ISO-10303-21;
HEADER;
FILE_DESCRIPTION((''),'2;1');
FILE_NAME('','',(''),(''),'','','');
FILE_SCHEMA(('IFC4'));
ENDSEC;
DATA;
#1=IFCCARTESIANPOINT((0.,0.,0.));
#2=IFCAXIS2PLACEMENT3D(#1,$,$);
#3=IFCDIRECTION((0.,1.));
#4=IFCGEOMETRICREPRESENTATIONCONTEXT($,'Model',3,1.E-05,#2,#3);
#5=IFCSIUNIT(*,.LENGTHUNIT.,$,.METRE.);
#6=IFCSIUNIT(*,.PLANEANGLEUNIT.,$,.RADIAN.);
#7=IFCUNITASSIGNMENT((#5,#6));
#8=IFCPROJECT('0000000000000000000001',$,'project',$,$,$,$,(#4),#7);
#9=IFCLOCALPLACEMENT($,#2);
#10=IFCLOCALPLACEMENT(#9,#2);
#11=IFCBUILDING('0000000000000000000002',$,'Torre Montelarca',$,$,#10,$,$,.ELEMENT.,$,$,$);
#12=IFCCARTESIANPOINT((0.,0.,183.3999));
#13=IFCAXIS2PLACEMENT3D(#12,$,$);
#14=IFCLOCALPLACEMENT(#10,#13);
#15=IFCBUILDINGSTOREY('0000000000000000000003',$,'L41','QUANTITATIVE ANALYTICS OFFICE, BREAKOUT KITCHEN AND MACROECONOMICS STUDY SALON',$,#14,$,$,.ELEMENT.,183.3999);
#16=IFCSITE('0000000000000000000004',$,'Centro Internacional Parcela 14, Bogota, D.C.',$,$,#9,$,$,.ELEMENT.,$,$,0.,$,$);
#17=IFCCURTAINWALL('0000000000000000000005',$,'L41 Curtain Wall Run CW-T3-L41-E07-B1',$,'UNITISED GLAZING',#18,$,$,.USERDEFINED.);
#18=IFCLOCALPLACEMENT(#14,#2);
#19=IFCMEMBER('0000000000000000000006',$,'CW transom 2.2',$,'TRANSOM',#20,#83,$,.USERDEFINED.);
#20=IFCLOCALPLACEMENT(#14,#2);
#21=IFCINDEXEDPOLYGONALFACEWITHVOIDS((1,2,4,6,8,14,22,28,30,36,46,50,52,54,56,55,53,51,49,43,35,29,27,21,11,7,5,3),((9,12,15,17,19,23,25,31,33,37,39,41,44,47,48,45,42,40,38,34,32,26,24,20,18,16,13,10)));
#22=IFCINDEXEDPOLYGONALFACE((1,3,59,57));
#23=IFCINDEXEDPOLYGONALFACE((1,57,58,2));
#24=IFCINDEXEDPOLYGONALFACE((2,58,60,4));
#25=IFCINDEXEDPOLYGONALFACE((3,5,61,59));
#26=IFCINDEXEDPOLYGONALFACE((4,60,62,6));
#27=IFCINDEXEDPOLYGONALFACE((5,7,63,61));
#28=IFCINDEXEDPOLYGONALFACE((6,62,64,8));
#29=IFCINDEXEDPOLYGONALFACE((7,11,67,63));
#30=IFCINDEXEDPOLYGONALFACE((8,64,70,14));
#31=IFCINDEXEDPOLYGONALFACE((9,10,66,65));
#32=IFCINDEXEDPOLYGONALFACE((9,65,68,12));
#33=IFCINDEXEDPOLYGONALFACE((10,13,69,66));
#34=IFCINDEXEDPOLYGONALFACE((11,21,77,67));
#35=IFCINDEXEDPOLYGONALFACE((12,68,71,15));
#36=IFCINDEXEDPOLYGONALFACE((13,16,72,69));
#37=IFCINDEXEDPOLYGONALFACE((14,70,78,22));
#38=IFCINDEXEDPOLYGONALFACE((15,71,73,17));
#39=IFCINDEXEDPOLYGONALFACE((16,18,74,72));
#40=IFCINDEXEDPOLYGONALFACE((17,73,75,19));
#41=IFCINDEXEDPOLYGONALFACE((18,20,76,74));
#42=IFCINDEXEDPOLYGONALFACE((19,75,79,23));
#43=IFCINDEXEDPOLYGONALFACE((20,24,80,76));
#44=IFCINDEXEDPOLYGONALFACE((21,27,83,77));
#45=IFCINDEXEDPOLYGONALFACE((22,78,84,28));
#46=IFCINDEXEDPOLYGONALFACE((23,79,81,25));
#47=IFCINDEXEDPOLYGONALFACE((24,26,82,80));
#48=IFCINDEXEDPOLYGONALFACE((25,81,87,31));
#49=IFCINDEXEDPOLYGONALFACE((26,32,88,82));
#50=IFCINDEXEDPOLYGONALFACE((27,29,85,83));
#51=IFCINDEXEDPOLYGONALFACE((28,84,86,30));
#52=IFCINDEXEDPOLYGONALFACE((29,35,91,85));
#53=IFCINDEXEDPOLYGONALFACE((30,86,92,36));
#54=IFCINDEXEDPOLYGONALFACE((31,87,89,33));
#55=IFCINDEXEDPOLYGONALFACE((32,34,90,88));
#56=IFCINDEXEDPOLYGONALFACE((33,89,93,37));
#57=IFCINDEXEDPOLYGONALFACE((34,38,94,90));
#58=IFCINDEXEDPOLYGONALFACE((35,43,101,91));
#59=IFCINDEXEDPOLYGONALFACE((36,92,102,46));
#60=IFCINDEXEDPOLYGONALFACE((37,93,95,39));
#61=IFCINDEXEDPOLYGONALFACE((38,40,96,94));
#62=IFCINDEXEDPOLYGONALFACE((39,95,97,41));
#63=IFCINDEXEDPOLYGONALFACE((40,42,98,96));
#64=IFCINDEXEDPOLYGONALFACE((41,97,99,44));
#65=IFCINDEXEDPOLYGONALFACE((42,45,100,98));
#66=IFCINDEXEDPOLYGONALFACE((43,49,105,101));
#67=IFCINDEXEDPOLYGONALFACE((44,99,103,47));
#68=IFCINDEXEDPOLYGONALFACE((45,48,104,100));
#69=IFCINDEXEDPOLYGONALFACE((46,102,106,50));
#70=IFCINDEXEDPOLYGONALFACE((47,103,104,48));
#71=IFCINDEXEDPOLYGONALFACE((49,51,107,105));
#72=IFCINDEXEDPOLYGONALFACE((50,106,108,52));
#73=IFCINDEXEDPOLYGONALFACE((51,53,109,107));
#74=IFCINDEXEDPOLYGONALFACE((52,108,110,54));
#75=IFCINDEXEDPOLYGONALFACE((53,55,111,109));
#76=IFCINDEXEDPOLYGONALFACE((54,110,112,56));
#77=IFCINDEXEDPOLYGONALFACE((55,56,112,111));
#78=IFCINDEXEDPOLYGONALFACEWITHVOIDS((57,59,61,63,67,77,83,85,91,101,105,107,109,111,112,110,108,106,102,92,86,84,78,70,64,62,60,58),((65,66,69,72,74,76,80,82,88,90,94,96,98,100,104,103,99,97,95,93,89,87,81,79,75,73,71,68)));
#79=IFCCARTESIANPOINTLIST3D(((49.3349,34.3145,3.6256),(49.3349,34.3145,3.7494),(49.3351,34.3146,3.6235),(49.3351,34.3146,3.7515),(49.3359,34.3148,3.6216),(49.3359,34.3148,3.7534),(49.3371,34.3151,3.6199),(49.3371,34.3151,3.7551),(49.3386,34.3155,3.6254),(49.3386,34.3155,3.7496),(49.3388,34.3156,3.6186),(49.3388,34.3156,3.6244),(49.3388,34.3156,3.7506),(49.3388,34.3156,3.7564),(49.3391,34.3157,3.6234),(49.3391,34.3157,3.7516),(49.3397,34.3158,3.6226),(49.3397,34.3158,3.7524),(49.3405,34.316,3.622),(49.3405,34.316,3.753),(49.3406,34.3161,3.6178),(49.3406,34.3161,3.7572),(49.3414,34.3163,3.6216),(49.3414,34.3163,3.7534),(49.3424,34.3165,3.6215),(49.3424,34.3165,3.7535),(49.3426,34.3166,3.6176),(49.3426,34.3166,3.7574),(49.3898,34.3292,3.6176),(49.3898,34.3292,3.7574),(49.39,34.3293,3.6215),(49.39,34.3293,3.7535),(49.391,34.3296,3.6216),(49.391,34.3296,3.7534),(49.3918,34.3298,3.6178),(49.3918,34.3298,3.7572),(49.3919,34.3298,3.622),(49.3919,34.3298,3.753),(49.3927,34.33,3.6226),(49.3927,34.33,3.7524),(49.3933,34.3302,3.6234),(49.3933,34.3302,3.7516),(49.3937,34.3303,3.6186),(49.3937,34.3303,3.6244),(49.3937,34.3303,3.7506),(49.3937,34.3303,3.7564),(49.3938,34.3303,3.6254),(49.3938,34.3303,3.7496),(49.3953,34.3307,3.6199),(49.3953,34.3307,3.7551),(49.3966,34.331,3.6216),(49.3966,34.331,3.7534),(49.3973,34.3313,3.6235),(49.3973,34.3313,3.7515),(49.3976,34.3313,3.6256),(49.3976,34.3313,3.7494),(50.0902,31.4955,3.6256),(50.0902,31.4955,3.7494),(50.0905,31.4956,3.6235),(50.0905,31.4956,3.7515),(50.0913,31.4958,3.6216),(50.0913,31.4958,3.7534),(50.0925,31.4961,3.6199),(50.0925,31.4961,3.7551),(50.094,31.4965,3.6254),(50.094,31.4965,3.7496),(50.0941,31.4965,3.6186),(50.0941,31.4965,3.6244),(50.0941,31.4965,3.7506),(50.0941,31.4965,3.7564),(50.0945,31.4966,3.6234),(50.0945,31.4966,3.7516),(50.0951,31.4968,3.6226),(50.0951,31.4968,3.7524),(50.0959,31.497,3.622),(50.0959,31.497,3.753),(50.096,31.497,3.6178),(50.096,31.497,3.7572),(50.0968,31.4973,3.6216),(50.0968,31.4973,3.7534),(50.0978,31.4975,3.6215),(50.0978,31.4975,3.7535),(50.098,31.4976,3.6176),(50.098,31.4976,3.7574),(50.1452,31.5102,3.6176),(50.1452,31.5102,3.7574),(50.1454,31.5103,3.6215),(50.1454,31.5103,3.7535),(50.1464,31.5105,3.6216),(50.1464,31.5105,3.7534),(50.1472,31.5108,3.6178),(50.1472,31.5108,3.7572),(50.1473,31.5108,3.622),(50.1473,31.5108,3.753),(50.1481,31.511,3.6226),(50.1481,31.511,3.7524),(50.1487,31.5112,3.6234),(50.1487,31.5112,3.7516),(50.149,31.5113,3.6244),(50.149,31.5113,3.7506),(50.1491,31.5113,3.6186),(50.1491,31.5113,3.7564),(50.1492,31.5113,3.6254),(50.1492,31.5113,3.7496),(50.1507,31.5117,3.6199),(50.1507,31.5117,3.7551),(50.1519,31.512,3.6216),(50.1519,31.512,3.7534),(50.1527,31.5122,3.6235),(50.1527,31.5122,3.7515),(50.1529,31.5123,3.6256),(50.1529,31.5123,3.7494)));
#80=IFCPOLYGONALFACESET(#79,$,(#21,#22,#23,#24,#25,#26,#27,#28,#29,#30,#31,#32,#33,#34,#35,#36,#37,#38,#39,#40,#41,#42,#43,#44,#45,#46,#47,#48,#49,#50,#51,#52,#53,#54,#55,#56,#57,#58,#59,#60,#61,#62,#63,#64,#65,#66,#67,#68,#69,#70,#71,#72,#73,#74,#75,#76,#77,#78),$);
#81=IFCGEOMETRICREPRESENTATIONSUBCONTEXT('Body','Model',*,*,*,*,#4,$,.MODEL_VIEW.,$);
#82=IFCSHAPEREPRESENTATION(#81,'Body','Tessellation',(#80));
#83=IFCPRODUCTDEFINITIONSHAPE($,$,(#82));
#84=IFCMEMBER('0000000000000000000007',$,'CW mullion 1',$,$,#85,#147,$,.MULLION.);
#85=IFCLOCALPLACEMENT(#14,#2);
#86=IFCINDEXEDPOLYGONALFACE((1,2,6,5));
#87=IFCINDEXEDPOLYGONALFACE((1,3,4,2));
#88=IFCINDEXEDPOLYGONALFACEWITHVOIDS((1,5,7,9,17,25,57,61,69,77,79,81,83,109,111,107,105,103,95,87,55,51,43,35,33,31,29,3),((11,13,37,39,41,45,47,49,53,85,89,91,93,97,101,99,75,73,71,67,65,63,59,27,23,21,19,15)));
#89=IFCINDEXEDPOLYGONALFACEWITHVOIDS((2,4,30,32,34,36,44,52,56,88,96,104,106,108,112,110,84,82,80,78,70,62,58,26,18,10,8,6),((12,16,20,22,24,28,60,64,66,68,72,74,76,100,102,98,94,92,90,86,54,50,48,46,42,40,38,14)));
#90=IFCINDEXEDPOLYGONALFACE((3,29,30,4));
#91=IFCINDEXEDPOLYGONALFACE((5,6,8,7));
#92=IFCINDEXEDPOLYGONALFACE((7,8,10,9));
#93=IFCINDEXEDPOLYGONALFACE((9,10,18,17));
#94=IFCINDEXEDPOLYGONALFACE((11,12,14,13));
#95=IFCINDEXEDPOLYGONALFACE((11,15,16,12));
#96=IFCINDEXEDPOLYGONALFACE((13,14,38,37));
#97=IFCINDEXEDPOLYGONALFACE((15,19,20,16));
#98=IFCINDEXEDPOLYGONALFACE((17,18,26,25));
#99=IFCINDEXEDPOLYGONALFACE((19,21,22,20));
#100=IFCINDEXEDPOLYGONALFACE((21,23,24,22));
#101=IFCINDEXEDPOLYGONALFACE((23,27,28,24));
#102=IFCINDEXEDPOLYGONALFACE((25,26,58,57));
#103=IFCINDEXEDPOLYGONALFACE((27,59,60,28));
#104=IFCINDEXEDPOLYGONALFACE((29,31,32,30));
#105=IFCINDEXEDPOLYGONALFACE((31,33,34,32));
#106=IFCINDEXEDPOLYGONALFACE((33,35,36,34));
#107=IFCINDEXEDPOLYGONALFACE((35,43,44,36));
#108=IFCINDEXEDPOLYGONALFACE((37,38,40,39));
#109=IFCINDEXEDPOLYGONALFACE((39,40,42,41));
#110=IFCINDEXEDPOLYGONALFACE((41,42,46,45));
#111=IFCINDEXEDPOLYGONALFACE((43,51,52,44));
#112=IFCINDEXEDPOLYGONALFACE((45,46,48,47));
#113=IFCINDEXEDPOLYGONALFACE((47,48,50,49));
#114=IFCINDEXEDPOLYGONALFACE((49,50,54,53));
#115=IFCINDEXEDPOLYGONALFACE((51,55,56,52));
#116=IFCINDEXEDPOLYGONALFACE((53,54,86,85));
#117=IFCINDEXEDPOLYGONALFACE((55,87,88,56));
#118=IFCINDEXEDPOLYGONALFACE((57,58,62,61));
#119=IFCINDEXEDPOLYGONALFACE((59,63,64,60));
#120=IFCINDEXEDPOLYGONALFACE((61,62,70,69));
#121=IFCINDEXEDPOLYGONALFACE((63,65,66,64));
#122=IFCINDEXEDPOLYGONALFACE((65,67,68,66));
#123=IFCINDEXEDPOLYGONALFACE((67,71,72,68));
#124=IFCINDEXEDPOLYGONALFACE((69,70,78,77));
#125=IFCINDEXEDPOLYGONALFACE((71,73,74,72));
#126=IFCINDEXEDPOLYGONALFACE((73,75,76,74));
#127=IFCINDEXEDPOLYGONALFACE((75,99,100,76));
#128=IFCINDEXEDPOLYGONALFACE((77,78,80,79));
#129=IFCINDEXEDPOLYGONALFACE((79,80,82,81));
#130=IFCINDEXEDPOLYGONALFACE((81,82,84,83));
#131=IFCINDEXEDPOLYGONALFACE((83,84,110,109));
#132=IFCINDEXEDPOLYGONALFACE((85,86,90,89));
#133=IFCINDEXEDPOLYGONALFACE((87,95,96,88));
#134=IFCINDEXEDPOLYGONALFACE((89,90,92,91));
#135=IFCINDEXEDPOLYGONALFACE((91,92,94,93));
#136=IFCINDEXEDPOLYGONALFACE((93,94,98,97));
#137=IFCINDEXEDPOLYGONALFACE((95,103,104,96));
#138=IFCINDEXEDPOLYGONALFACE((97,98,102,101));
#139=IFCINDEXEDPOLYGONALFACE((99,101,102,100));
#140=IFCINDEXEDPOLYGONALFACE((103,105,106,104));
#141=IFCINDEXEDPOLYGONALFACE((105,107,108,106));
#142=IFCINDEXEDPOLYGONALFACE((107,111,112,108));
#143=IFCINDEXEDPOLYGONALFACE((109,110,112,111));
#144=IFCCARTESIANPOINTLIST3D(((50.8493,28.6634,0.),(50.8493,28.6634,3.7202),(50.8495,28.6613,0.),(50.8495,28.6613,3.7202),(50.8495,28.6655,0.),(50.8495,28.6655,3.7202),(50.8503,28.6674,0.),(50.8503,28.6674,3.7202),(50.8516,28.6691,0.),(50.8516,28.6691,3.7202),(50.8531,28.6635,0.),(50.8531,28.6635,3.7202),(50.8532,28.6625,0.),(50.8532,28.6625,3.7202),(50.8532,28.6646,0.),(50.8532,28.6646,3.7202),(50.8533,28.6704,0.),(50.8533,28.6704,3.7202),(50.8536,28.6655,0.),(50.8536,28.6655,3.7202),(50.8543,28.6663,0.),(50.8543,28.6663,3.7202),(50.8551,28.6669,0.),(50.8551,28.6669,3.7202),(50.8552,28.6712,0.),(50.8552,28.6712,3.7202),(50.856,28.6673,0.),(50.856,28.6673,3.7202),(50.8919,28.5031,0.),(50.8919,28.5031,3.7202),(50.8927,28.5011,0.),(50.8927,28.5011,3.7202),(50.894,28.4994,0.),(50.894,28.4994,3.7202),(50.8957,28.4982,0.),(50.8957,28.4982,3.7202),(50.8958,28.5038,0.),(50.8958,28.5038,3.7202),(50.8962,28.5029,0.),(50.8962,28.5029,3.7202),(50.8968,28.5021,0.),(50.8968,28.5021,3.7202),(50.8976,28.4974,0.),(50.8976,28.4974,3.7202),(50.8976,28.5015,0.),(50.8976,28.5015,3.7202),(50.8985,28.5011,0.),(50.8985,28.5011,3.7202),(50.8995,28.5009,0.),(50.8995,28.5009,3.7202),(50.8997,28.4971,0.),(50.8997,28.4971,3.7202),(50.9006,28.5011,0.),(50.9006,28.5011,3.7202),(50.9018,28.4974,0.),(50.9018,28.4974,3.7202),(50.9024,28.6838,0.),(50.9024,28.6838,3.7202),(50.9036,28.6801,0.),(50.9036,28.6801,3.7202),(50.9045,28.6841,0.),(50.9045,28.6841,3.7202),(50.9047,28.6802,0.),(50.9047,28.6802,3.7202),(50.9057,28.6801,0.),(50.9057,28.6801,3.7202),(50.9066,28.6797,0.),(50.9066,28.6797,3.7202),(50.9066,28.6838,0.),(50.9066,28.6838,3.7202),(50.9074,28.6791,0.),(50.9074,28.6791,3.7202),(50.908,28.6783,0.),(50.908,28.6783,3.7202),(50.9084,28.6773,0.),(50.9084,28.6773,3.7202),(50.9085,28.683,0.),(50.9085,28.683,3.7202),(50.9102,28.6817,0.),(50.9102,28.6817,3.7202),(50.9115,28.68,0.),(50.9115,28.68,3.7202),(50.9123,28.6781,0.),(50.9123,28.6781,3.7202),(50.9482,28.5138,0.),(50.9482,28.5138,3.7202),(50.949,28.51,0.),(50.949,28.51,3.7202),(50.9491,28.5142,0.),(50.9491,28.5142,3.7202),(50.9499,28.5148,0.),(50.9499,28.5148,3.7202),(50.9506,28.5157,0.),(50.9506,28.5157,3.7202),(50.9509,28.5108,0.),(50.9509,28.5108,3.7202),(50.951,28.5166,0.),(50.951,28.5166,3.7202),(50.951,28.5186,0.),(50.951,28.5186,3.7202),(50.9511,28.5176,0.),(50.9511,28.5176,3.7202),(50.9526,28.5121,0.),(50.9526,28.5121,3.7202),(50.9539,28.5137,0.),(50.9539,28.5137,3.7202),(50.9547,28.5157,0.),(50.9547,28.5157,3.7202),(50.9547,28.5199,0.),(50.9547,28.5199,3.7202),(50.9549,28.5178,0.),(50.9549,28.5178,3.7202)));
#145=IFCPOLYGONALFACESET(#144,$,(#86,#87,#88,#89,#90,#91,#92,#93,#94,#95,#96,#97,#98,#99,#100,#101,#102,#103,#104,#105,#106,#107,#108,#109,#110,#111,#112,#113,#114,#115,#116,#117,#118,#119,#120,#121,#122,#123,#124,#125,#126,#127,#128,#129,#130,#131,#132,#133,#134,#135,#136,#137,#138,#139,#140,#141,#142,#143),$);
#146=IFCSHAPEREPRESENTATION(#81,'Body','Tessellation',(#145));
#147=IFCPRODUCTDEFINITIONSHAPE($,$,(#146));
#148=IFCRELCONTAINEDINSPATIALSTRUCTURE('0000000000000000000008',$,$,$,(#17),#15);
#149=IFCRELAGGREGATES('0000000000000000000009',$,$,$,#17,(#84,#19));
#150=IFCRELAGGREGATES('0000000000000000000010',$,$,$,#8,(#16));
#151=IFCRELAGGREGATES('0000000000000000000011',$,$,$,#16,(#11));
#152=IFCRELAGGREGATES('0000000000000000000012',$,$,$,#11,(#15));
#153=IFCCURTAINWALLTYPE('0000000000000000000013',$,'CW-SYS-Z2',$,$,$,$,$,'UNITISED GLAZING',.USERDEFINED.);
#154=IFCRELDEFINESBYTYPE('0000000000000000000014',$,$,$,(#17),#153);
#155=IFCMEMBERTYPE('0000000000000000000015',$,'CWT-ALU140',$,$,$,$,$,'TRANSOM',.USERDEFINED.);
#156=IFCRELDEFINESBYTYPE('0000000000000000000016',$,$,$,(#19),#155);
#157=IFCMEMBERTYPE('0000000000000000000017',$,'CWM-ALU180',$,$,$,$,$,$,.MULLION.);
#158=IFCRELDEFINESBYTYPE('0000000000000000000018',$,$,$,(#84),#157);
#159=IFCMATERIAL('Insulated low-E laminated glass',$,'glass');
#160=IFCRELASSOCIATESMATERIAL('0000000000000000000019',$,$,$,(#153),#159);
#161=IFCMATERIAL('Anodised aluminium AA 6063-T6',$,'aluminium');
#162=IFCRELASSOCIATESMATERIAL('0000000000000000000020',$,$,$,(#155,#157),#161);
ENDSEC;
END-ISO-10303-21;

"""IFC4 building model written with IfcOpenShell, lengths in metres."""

from ifc_helpers import new_model, si_unit, direction, frame, origin, origin_2d, place, context, subcontext, project, spatial, hollow_rectangle, extrude, source, transform, mapped, material, material_profile, profile_set, type_object, element, aggregate, save


model = new_model("IFC4")

# Units and contexts
model_context = context("Model", 3, precision=1e-05, world=origin(), true_north=direction((0.0, 1.0)))
body_context = subcontext(model_context, "Body", "Model", "MODEL_VIEW")
ifc_project = project(units=[si_unit("LENGTHUNIT", "METRE"), si_unit("PLANEANGLEUNIT", "RADIAN")], contexts=[model_context])

# Site, building, storey
site_placement = place(None, origin())
site = spatial("IfcSite", under=ifc_project, at=site_placement, Name="Centro Internacional Parcela 14, Bogota, D.C.", CompositionType="ELEMENT", RefElevation=0.0)
building_placement = place(site_placement, origin())
building = spatial("IfcBuilding", under=site, at=building_placement, Name="Torre Montelarca", CompositionType="ELEMENT")
storey_placement = place(building_placement, frame((0.0, 0.0, 183.3999)))
storey = spatial("IfcBuildingStorey", under=building, at=storey_placement, Name="L41", Description="QUANTITATIVE ANALYTICS OFFICE, BREAKOUT KITCHEN AND MACROECONOMICS STUDY SALON", CompositionType="ELEMENT", Elevation=183.3999)

# Curtain wall, members
ifc_material_1 = material(Name="Insulated low-E laminated glass", Category="glass")
curtain_wall_type = type_object("IfcCurtainWallType", Name="CW-SYS-Z2", ElementType="UNITISED GLAZING", PredefinedType="USERDEFINED", material=ifc_material_1)
curtain_wall_1_placement = place(storey_placement, origin())
curtain_wall_1 = element("IfcCurtainWall", 1, at=curtain_wall_1_placement, inside=storey, type_object=curtain_wall_type, Name="L41 Curtain Wall Run CW-T3-L41-E07-B1", ObjectType="UNITISED GLAZING", PredefinedType="USERDEFINED")
ifc_material_2 = material(Name="Anodised aluminium AA 6063-T6", Category="aluminium")
ifc_material_profile_1 = material_profile(ifc_material_2, hollow_rectangle(XDim=0.0649, YDim=0.1399, WallThickness=0.0039, InnerFilletRadius=0.0039, OuterFilletRadius=0.0081, at=origin_2d()), Name="ALU65X140X4", Category="aluminium")
ifc_profile_set_1 = profile_set([ifc_material_profile_1], Name="Anodised aluminium AA 6063-T6")
member_type_1 = type_object("IfcMemberType", Name="CWT-ALU140", ElementType="TRANSOM", PredefinedType="USERDEFINED", material=ifc_profile_set_1)
shared_shape_1 = source(origin(), body_context, "Body", "SweptSolid", [
    extrude(hollow_rectangle(XDim=0.0649, YDim=0.1399, WallThickness=0.0039, InnerFilletRadius=0.0039, OuterFilletRadius=0.0081, at=origin_2d()), origin(), (0.0, 0.0, 1.0), 2.9185),
])
member_1_placement = place(storey_placement, frame((50.1216, 31.5039, 3.6875), z_axis=(-0.258818, 0.965926, 0.0), x_axis=(-0.965926, -0.258818, 0.0)))
member_1 = element("IfcMember", 2, at=member_1_placement, type_object=member_type_1, Name="CW transom 2.2", ObjectType="TRANSOM", PredefinedType="USERDEFINED", context=body_context, shape_type="MappedRepresentation", body=[
    mapped(shared_shape_1, transform((0.0, 0.0, 0.0), scale=1.0)),
])
ifc_material_profile_2 = material_profile(ifc_material_2, hollow_rectangle(XDim=0.0649, YDim=0.1799, WallThickness=0.0039, InnerFilletRadius=0.0039, OuterFilletRadius=0.0081, at=origin_2d()), Name="ALU65X180X4", Category="aluminium")
ifc_profile_set_2 = profile_set([ifc_material_profile_2], Name="Anodised aluminium AA 6063-T6")
member_type_2 = type_object("IfcMemberType", Name="CWM-ALU180", PredefinedType="MULLION", material=ifc_profile_set_2)
shared_shape_2 = source(origin(), body_context, "Body", "SweptSolid", [
    extrude(hollow_rectangle(XDim=0.0649, YDim=0.1799, WallThickness=0.0039, InnerFilletRadius=0.0039, OuterFilletRadius=0.0081, at=origin_2d()), origin(), (0.0, 0.0, 1.0), 3.7202),
])
member_2_placement = place(storey_placement, frame((50.9021, 28.5906, 0.0), z_axis=(0.0, 0.0, 1.0), x_axis=(-0.965927, -0.258814, 0.0)))
member_2 = element("IfcMember", 3, at=member_2_placement, type_object=member_type_2, Name="CW mullion 1", PredefinedType="MULLION", context=body_context, shape_type="MappedRepresentation", body=[
    mapped(shared_shape_2, transform((0.0, 0.0, 0.0), scale=1.0)),
])

aggregate(curtain_wall_1, [member_2, member_1])

save(model, "model.ifc")
